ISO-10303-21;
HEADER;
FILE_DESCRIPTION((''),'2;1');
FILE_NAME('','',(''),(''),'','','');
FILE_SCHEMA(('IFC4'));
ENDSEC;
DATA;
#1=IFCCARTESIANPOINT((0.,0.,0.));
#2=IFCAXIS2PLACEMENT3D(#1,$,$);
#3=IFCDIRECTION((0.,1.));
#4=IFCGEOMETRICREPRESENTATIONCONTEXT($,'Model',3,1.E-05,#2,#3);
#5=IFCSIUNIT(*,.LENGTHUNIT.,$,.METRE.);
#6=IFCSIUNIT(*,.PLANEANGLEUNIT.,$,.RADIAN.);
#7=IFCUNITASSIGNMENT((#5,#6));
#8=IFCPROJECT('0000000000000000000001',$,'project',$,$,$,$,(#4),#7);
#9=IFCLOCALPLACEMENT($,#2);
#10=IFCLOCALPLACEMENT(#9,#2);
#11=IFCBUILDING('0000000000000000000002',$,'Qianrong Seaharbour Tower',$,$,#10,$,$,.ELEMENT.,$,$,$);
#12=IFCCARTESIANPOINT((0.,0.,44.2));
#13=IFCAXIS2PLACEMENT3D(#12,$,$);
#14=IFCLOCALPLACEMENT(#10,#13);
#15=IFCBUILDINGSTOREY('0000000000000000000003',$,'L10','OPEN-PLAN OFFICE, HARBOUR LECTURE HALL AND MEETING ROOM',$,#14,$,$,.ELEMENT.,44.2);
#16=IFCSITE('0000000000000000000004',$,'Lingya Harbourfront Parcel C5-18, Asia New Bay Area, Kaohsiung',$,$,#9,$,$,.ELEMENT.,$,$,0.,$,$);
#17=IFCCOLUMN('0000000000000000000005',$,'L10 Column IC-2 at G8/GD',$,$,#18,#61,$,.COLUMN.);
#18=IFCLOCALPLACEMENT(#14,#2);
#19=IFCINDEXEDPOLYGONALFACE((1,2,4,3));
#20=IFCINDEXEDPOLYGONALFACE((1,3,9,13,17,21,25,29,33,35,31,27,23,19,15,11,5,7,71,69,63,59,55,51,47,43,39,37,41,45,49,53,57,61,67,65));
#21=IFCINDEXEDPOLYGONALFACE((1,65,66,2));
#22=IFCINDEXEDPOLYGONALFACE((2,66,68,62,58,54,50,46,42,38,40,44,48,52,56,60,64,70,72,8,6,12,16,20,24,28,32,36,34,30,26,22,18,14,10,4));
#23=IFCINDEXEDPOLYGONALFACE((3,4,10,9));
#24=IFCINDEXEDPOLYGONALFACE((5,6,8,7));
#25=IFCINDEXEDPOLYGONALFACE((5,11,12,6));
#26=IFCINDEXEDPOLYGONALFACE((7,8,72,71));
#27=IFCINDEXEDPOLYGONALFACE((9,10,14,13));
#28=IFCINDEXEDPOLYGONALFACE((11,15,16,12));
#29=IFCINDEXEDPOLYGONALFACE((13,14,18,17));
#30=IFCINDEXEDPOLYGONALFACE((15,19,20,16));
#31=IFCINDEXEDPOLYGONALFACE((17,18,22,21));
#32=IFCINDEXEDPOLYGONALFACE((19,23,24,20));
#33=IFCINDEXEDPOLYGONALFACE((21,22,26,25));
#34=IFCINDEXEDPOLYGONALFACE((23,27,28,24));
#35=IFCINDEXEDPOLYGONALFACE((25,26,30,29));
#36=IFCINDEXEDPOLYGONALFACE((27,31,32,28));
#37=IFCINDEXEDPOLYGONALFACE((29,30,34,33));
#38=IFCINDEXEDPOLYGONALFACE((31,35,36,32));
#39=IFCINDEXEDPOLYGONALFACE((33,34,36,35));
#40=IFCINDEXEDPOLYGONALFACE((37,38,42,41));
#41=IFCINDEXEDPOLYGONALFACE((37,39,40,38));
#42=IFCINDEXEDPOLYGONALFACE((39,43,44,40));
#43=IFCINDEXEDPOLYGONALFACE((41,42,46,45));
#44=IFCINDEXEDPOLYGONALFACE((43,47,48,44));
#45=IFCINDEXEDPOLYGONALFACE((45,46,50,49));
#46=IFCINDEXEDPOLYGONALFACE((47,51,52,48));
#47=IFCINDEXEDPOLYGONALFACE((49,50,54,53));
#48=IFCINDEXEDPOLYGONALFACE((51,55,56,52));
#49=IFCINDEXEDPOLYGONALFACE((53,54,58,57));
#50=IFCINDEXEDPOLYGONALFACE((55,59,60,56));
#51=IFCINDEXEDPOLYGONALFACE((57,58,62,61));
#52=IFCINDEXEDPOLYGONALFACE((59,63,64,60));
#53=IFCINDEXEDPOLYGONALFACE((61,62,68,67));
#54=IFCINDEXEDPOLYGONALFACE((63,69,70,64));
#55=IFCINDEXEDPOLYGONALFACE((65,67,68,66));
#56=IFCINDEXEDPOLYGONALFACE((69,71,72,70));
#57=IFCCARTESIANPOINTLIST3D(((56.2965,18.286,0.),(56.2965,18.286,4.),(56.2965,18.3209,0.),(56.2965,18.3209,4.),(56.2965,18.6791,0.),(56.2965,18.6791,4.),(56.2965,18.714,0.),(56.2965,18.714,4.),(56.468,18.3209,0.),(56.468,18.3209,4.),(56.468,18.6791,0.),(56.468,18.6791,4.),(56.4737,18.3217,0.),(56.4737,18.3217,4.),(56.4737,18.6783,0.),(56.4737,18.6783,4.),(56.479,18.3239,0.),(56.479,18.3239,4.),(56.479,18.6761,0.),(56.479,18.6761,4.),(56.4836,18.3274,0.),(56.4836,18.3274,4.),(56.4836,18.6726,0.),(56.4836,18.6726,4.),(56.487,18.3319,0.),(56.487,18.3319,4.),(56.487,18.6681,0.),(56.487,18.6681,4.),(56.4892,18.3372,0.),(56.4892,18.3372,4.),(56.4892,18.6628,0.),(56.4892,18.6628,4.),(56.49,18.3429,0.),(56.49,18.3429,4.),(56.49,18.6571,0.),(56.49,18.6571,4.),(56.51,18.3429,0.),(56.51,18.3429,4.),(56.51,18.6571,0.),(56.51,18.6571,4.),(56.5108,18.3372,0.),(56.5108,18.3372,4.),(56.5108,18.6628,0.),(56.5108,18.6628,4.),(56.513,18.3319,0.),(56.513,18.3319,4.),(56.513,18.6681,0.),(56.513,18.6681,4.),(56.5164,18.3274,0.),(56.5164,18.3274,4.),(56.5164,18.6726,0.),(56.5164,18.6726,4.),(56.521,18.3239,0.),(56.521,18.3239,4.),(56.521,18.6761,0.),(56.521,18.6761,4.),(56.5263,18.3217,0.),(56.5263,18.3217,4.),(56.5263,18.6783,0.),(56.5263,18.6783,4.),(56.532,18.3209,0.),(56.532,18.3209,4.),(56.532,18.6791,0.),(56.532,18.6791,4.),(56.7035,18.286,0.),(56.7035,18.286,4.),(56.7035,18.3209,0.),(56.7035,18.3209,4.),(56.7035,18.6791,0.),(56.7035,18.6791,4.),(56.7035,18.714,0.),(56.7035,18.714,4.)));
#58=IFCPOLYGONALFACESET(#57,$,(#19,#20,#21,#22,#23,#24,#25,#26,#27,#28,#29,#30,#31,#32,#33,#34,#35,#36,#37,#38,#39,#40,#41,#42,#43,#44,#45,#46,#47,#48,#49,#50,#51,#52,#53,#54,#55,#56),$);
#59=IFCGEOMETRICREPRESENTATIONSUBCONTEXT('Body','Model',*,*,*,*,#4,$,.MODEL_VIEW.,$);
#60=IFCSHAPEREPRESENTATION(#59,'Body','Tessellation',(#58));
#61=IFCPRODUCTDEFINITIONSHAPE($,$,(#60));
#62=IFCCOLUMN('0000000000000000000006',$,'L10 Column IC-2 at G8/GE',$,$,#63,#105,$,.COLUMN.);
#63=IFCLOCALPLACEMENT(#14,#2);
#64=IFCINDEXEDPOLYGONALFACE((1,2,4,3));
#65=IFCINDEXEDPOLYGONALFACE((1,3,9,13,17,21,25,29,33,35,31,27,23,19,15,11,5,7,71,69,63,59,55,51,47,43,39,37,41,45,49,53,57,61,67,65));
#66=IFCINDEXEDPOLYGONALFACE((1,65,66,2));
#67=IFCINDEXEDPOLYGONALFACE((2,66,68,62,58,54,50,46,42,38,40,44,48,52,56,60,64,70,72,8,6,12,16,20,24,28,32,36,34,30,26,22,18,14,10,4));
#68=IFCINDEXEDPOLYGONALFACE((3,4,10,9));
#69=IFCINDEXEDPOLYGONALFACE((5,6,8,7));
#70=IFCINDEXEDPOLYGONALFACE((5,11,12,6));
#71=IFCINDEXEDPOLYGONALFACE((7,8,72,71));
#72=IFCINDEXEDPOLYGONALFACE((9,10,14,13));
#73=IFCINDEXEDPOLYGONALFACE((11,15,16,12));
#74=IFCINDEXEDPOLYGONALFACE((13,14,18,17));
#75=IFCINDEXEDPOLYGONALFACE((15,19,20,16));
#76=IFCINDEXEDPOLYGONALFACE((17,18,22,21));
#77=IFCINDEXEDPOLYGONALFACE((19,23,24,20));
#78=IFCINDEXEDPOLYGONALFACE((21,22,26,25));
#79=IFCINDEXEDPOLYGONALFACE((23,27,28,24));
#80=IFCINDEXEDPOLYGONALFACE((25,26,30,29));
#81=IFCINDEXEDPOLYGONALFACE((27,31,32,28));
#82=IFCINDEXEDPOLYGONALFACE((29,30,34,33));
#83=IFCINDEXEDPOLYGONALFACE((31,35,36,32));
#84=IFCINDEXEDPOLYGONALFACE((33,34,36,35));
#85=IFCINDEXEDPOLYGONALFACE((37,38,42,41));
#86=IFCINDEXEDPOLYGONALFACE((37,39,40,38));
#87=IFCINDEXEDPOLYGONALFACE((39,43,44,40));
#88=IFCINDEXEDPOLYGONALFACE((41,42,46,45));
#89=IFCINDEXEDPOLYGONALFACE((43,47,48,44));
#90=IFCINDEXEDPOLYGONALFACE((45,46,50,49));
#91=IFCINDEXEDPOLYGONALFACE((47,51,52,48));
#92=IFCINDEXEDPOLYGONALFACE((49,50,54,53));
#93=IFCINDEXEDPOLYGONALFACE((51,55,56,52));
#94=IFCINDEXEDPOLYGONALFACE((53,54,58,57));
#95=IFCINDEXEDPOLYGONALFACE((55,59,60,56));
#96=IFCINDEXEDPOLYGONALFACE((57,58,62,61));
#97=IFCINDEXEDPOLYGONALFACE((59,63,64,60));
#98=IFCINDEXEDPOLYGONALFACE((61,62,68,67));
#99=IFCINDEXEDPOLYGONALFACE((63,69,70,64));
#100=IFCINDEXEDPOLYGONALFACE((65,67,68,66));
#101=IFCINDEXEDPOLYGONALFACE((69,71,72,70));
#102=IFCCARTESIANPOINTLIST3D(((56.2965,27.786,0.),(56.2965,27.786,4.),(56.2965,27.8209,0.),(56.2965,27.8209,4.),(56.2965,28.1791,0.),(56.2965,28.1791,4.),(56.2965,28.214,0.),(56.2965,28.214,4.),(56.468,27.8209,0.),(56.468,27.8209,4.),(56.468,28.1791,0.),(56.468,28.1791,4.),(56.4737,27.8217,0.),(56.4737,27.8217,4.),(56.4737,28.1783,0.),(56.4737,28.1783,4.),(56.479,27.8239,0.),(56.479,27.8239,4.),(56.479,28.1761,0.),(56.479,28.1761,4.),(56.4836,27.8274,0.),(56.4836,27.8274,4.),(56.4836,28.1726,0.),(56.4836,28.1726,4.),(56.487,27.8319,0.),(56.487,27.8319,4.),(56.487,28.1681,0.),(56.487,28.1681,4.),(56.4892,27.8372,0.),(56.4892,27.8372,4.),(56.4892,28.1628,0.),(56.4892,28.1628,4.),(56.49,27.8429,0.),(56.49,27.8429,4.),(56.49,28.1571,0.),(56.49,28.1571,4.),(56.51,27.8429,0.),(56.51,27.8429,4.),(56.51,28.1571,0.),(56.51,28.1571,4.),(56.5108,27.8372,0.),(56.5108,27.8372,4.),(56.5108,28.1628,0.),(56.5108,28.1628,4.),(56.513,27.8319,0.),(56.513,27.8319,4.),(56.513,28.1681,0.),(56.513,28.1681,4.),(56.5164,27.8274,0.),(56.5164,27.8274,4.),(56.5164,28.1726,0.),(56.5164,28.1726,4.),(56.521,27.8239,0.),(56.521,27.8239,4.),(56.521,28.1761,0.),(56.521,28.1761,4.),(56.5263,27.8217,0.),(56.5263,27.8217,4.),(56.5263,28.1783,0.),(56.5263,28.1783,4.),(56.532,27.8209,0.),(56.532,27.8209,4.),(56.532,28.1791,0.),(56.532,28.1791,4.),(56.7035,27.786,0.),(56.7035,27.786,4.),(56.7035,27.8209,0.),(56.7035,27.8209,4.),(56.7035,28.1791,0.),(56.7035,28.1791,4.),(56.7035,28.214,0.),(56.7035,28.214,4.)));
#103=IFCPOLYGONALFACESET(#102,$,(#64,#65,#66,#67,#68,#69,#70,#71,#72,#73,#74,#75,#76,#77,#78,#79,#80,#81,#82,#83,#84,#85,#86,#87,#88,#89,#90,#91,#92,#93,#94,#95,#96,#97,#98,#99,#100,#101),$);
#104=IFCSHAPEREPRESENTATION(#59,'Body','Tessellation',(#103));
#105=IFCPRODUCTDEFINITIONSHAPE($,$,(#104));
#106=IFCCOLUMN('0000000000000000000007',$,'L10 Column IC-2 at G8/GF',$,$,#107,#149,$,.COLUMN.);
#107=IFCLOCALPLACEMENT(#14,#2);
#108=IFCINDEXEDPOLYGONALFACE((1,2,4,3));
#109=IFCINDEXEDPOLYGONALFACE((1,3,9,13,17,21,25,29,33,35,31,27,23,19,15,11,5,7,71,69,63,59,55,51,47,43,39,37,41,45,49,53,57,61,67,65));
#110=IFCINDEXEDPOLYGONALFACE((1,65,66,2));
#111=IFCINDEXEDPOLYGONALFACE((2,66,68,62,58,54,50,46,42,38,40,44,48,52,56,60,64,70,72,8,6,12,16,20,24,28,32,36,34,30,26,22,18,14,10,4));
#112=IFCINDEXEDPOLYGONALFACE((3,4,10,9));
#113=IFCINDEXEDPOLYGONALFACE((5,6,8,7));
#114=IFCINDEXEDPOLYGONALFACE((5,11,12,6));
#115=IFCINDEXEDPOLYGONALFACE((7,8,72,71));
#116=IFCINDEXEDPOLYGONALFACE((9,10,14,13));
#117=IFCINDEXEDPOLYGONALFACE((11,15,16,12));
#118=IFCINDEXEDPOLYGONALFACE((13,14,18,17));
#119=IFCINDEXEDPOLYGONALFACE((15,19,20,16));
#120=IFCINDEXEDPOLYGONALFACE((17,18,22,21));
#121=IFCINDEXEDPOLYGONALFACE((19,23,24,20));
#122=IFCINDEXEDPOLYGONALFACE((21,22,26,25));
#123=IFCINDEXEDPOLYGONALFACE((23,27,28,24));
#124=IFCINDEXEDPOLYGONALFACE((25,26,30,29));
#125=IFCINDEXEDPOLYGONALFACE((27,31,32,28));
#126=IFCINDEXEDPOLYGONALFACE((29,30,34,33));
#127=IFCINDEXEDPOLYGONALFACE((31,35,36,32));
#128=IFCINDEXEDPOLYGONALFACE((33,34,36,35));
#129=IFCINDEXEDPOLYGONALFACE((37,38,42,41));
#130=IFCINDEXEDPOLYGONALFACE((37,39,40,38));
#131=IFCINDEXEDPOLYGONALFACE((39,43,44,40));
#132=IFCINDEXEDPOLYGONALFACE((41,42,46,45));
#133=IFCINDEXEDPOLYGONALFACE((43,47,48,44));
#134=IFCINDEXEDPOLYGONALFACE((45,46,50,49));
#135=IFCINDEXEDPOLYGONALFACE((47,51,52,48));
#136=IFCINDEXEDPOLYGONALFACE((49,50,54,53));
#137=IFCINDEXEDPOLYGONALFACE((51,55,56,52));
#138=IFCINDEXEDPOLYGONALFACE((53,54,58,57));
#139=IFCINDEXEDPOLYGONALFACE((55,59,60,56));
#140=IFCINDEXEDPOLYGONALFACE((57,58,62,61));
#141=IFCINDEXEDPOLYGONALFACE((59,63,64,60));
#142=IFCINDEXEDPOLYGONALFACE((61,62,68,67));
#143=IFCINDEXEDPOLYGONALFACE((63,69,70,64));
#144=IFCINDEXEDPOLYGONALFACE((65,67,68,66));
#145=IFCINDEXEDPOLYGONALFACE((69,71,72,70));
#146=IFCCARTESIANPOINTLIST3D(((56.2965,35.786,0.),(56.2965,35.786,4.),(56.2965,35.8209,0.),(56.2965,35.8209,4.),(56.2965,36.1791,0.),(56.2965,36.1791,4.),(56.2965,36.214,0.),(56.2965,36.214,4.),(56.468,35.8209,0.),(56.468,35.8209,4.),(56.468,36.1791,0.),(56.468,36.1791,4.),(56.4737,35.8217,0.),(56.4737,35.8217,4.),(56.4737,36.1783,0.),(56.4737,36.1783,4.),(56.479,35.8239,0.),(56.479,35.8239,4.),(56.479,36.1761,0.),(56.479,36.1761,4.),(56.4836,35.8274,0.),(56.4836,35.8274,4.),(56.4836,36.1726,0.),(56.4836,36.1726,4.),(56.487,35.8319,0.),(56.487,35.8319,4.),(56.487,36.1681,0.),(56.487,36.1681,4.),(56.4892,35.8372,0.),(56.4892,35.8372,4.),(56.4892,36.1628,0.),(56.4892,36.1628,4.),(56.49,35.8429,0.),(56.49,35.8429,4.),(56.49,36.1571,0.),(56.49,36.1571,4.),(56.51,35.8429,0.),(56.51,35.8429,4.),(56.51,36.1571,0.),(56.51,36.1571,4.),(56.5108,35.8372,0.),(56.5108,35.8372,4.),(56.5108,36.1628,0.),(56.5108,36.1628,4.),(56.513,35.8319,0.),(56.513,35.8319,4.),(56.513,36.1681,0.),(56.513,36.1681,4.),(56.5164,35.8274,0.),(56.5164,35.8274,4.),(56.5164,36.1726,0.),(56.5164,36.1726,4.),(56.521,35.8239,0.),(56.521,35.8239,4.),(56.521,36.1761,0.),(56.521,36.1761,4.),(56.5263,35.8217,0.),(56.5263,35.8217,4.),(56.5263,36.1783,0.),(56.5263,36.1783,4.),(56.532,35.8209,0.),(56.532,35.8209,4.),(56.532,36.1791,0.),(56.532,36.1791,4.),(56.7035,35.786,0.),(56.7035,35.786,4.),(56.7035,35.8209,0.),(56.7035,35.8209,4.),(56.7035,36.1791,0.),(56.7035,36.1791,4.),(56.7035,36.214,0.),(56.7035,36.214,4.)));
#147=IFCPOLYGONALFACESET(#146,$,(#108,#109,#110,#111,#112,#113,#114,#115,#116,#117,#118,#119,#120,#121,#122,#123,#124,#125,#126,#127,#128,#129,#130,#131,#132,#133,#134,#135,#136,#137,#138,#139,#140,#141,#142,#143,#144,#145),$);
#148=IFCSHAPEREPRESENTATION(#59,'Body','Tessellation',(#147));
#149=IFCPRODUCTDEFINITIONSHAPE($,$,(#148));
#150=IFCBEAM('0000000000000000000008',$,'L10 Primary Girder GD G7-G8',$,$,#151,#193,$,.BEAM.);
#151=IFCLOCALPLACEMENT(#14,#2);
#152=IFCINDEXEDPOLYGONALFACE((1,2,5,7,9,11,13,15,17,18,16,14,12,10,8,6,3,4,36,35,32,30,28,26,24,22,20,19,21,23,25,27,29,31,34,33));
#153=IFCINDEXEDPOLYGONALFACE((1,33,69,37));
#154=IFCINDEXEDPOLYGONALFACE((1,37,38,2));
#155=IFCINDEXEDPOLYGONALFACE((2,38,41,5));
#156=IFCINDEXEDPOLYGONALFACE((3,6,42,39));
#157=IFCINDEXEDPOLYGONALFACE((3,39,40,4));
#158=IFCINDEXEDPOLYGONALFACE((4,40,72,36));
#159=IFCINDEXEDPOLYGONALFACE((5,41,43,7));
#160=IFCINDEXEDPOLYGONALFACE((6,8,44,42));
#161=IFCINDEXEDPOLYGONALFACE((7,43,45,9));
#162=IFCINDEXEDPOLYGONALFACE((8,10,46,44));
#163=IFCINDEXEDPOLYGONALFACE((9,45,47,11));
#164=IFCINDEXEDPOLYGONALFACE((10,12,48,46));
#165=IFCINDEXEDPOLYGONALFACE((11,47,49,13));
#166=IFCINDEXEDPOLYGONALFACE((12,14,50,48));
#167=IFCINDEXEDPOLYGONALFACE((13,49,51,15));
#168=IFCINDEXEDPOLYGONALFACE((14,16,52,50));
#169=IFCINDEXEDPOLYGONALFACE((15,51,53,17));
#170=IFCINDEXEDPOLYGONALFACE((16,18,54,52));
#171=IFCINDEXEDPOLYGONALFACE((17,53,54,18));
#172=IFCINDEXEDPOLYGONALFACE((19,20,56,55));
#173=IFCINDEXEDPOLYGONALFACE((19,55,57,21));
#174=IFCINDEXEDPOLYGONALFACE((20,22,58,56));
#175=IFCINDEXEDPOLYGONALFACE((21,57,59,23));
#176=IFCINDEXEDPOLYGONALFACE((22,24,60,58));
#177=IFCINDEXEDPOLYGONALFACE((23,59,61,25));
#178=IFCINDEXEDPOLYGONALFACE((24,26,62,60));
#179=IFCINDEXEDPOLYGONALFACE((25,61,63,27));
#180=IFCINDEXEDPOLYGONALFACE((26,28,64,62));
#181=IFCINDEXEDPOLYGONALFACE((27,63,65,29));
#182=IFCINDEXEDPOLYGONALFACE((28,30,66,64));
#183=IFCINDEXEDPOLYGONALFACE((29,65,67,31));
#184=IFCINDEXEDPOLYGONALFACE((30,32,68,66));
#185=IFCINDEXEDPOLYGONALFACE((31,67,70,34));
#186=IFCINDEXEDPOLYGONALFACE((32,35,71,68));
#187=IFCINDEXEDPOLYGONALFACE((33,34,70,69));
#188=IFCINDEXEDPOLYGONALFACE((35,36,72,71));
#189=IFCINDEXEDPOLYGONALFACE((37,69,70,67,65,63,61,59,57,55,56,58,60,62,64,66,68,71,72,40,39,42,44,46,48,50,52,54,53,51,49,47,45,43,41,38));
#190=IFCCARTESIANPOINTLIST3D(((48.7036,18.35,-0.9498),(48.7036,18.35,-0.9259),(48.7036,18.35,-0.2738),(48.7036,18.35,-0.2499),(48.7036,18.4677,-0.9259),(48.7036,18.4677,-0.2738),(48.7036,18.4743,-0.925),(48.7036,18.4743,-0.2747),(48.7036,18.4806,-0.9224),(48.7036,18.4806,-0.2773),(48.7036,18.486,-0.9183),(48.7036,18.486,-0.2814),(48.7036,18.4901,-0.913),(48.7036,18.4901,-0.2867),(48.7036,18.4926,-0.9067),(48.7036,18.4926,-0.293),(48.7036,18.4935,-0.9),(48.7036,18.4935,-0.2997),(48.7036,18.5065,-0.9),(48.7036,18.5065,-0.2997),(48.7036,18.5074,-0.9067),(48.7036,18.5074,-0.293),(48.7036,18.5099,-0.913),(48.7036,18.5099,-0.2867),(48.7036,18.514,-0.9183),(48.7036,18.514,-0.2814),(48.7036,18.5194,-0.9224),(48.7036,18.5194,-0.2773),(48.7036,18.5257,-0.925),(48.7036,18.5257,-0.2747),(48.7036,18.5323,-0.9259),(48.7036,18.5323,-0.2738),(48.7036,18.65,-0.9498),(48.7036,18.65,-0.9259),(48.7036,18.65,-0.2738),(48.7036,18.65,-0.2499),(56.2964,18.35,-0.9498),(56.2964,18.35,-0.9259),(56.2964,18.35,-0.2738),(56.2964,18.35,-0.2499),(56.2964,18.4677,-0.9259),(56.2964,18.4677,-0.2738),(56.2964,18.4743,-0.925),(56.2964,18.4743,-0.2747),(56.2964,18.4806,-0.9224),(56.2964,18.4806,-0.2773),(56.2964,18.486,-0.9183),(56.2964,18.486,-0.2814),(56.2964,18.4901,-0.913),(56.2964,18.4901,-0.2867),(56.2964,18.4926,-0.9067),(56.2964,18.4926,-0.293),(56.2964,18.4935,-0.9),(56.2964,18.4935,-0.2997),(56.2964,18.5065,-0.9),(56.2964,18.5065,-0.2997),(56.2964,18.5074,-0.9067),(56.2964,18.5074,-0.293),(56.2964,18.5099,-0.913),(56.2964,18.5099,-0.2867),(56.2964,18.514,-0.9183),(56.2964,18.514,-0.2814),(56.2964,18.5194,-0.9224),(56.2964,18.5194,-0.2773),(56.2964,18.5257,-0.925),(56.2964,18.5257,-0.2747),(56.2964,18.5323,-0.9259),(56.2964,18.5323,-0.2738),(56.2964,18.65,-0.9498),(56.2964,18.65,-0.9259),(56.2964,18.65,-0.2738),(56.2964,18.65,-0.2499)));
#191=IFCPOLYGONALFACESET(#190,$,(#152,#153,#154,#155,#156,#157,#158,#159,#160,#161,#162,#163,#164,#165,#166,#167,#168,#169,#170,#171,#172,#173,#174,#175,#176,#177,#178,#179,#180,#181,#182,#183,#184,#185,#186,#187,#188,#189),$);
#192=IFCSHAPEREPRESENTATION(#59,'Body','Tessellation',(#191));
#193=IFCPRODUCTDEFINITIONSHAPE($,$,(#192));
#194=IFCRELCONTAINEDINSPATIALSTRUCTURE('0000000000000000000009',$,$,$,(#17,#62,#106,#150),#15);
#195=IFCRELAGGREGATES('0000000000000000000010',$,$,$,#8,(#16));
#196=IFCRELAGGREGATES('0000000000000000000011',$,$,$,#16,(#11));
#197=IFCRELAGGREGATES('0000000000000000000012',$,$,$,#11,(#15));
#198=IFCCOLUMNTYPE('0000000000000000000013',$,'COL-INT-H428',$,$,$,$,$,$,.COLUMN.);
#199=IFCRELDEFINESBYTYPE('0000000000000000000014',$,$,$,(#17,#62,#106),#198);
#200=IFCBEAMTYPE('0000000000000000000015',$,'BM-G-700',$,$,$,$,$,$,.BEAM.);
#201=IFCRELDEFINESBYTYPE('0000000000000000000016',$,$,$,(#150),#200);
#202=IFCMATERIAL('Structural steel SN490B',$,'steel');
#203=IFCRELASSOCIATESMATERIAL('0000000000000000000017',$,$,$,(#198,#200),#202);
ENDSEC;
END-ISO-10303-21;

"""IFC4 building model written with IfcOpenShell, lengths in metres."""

from ifc_helpers import new_model, si_unit, direction, frame, origin, origin_2d, place, context, subcontext, project, spatial, i_section, extrude, material, material_profile, profile_set, type_object, element, save


model = new_model("IFC4")

# Units and contexts
model_context = context("Model", 3, precision=1e-05, world=origin(), true_north=direction((0.0, 1.0)))
body_context = subcontext(model_context, "Body", "Model", "MODEL_VIEW")
ifc_project = project(units=[si_unit("LENGTHUNIT", "METRE"), si_unit("PLANEANGLEUNIT", "RADIAN")], contexts=[model_context])

# Site, building, storey
site_placement = place(None, origin())
site = spatial("IfcSite", under=ifc_project, at=site_placement, Name="Lingya Harbourfront Parcel C5-18, Asia New Bay Area, Kaohsiung", CompositionType="ELEMENT", RefElevation=0.0)
building_placement = place(site_placement, origin())
building = spatial("IfcBuilding", under=site, at=building_placement, Name="Qianrong Seaharbour Tower", CompositionType="ELEMENT")
storey_placement = place(building_placement, frame((0.0, 0.0, 44.2)))
storey = spatial("IfcBuildingStorey", under=building, at=storey_placement, Name="L10", Description="OPEN-PLAN OFFICE, HARBOUR LECTURE HALL AND MEETING ROOM", CompositionType="ELEMENT", Elevation=44.2)

# Columns
ifc_material_1 = material(Name="Structural steel SN490B", Category="steel")
ifc_material_profile_1 = material_profile(ifc_material_1, i_section(OverallWidth=0.407, OverallDepth=0.428, WebThickness=0.02, FlangeThickness=0.0349, FilletRadius=0.022, at=origin_2d()), Name="H428x407x20x35")
ifc_profile_set_1 = profile_set([ifc_material_profile_1], Name="Structural steel SN490B")
column_type_1 = type_object("IfcColumnType", Name="COL-INT-H428", PredefinedType="COLUMN", material=ifc_profile_set_1)
for number, where, z_axis, x_axis, name in (
    (1, (56.5, 18.5, 0.0), (0.0, 0.0, 1.0), (1.0, 0.0, 0.0), "L10 Column IC-2 at G8/GD"),
    (2, (56.5, 28.0, 0.0), (0.0, 0.0, 1.0), (1.0, 0.0, 0.0), "L10 Column IC-2 at G8/GE"),
    (3, (56.5, 36.0, 0.0), (0.0, 0.0, 1.0), (1.0, 0.0, 0.0), "L10 Column IC-2 at G8/GF"),
):
    element("IfcColumn", number, at=place(storey_placement, frame(where, z_axis=z_axis, x_axis=x_axis)), inside=storey, type_object=column_type_1, Name=name, PredefinedType="COLUMN", context=body_context, shape_type="SweptSolid", body=[
        extrude(i_section(OverallWidth=0.407, OverallDepth=0.428, WebThickness=0.02, FlangeThickness=0.0349, FilletRadius=0.022, at=origin_2d()), origin(), (0.0, 0.0, 1.0), 4.0),
    ])

# Beam
ifc_material_profile_2 = material_profile(ifc_material_1, i_section(OverallWidth=0.3, OverallDepth=0.7, WebThickness=0.0129, FlangeThickness=0.0239, FilletRadius=0.0259, at=origin_2d()), Name="H700x300x13x24")
ifc_profile_set_2 = profile_set([ifc_material_profile_2], Name="Structural steel SN490B")
beam_type_1 = type_object("IfcBeamType", Name="BM-G-700", PredefinedType="BEAM", material=ifc_profile_set_2)
beam_1_placement = place(storey_placement, frame((48.7036, 18.5, -0.5999), z_axis=(1.0, 0.0, 0.0), x_axis=(0.0, 1.0, 0.0)))
element("IfcBeam", 4, at=beam_1_placement, inside=storey, type_object=beam_type_1, Name="L10 Primary Girder GD G7-G8", PredefinedType="BEAM", context=body_context, shape_type="SweptSolid", body=[
    extrude(i_section(OverallWidth=0.3, OverallDepth=0.7, WebThickness=0.0129, FlangeThickness=0.0239, FilletRadius=0.0259, at=origin_2d()), origin(), (0.0, 0.0, 1.0), 7.5928),
])

save(model, "model.ifc")
